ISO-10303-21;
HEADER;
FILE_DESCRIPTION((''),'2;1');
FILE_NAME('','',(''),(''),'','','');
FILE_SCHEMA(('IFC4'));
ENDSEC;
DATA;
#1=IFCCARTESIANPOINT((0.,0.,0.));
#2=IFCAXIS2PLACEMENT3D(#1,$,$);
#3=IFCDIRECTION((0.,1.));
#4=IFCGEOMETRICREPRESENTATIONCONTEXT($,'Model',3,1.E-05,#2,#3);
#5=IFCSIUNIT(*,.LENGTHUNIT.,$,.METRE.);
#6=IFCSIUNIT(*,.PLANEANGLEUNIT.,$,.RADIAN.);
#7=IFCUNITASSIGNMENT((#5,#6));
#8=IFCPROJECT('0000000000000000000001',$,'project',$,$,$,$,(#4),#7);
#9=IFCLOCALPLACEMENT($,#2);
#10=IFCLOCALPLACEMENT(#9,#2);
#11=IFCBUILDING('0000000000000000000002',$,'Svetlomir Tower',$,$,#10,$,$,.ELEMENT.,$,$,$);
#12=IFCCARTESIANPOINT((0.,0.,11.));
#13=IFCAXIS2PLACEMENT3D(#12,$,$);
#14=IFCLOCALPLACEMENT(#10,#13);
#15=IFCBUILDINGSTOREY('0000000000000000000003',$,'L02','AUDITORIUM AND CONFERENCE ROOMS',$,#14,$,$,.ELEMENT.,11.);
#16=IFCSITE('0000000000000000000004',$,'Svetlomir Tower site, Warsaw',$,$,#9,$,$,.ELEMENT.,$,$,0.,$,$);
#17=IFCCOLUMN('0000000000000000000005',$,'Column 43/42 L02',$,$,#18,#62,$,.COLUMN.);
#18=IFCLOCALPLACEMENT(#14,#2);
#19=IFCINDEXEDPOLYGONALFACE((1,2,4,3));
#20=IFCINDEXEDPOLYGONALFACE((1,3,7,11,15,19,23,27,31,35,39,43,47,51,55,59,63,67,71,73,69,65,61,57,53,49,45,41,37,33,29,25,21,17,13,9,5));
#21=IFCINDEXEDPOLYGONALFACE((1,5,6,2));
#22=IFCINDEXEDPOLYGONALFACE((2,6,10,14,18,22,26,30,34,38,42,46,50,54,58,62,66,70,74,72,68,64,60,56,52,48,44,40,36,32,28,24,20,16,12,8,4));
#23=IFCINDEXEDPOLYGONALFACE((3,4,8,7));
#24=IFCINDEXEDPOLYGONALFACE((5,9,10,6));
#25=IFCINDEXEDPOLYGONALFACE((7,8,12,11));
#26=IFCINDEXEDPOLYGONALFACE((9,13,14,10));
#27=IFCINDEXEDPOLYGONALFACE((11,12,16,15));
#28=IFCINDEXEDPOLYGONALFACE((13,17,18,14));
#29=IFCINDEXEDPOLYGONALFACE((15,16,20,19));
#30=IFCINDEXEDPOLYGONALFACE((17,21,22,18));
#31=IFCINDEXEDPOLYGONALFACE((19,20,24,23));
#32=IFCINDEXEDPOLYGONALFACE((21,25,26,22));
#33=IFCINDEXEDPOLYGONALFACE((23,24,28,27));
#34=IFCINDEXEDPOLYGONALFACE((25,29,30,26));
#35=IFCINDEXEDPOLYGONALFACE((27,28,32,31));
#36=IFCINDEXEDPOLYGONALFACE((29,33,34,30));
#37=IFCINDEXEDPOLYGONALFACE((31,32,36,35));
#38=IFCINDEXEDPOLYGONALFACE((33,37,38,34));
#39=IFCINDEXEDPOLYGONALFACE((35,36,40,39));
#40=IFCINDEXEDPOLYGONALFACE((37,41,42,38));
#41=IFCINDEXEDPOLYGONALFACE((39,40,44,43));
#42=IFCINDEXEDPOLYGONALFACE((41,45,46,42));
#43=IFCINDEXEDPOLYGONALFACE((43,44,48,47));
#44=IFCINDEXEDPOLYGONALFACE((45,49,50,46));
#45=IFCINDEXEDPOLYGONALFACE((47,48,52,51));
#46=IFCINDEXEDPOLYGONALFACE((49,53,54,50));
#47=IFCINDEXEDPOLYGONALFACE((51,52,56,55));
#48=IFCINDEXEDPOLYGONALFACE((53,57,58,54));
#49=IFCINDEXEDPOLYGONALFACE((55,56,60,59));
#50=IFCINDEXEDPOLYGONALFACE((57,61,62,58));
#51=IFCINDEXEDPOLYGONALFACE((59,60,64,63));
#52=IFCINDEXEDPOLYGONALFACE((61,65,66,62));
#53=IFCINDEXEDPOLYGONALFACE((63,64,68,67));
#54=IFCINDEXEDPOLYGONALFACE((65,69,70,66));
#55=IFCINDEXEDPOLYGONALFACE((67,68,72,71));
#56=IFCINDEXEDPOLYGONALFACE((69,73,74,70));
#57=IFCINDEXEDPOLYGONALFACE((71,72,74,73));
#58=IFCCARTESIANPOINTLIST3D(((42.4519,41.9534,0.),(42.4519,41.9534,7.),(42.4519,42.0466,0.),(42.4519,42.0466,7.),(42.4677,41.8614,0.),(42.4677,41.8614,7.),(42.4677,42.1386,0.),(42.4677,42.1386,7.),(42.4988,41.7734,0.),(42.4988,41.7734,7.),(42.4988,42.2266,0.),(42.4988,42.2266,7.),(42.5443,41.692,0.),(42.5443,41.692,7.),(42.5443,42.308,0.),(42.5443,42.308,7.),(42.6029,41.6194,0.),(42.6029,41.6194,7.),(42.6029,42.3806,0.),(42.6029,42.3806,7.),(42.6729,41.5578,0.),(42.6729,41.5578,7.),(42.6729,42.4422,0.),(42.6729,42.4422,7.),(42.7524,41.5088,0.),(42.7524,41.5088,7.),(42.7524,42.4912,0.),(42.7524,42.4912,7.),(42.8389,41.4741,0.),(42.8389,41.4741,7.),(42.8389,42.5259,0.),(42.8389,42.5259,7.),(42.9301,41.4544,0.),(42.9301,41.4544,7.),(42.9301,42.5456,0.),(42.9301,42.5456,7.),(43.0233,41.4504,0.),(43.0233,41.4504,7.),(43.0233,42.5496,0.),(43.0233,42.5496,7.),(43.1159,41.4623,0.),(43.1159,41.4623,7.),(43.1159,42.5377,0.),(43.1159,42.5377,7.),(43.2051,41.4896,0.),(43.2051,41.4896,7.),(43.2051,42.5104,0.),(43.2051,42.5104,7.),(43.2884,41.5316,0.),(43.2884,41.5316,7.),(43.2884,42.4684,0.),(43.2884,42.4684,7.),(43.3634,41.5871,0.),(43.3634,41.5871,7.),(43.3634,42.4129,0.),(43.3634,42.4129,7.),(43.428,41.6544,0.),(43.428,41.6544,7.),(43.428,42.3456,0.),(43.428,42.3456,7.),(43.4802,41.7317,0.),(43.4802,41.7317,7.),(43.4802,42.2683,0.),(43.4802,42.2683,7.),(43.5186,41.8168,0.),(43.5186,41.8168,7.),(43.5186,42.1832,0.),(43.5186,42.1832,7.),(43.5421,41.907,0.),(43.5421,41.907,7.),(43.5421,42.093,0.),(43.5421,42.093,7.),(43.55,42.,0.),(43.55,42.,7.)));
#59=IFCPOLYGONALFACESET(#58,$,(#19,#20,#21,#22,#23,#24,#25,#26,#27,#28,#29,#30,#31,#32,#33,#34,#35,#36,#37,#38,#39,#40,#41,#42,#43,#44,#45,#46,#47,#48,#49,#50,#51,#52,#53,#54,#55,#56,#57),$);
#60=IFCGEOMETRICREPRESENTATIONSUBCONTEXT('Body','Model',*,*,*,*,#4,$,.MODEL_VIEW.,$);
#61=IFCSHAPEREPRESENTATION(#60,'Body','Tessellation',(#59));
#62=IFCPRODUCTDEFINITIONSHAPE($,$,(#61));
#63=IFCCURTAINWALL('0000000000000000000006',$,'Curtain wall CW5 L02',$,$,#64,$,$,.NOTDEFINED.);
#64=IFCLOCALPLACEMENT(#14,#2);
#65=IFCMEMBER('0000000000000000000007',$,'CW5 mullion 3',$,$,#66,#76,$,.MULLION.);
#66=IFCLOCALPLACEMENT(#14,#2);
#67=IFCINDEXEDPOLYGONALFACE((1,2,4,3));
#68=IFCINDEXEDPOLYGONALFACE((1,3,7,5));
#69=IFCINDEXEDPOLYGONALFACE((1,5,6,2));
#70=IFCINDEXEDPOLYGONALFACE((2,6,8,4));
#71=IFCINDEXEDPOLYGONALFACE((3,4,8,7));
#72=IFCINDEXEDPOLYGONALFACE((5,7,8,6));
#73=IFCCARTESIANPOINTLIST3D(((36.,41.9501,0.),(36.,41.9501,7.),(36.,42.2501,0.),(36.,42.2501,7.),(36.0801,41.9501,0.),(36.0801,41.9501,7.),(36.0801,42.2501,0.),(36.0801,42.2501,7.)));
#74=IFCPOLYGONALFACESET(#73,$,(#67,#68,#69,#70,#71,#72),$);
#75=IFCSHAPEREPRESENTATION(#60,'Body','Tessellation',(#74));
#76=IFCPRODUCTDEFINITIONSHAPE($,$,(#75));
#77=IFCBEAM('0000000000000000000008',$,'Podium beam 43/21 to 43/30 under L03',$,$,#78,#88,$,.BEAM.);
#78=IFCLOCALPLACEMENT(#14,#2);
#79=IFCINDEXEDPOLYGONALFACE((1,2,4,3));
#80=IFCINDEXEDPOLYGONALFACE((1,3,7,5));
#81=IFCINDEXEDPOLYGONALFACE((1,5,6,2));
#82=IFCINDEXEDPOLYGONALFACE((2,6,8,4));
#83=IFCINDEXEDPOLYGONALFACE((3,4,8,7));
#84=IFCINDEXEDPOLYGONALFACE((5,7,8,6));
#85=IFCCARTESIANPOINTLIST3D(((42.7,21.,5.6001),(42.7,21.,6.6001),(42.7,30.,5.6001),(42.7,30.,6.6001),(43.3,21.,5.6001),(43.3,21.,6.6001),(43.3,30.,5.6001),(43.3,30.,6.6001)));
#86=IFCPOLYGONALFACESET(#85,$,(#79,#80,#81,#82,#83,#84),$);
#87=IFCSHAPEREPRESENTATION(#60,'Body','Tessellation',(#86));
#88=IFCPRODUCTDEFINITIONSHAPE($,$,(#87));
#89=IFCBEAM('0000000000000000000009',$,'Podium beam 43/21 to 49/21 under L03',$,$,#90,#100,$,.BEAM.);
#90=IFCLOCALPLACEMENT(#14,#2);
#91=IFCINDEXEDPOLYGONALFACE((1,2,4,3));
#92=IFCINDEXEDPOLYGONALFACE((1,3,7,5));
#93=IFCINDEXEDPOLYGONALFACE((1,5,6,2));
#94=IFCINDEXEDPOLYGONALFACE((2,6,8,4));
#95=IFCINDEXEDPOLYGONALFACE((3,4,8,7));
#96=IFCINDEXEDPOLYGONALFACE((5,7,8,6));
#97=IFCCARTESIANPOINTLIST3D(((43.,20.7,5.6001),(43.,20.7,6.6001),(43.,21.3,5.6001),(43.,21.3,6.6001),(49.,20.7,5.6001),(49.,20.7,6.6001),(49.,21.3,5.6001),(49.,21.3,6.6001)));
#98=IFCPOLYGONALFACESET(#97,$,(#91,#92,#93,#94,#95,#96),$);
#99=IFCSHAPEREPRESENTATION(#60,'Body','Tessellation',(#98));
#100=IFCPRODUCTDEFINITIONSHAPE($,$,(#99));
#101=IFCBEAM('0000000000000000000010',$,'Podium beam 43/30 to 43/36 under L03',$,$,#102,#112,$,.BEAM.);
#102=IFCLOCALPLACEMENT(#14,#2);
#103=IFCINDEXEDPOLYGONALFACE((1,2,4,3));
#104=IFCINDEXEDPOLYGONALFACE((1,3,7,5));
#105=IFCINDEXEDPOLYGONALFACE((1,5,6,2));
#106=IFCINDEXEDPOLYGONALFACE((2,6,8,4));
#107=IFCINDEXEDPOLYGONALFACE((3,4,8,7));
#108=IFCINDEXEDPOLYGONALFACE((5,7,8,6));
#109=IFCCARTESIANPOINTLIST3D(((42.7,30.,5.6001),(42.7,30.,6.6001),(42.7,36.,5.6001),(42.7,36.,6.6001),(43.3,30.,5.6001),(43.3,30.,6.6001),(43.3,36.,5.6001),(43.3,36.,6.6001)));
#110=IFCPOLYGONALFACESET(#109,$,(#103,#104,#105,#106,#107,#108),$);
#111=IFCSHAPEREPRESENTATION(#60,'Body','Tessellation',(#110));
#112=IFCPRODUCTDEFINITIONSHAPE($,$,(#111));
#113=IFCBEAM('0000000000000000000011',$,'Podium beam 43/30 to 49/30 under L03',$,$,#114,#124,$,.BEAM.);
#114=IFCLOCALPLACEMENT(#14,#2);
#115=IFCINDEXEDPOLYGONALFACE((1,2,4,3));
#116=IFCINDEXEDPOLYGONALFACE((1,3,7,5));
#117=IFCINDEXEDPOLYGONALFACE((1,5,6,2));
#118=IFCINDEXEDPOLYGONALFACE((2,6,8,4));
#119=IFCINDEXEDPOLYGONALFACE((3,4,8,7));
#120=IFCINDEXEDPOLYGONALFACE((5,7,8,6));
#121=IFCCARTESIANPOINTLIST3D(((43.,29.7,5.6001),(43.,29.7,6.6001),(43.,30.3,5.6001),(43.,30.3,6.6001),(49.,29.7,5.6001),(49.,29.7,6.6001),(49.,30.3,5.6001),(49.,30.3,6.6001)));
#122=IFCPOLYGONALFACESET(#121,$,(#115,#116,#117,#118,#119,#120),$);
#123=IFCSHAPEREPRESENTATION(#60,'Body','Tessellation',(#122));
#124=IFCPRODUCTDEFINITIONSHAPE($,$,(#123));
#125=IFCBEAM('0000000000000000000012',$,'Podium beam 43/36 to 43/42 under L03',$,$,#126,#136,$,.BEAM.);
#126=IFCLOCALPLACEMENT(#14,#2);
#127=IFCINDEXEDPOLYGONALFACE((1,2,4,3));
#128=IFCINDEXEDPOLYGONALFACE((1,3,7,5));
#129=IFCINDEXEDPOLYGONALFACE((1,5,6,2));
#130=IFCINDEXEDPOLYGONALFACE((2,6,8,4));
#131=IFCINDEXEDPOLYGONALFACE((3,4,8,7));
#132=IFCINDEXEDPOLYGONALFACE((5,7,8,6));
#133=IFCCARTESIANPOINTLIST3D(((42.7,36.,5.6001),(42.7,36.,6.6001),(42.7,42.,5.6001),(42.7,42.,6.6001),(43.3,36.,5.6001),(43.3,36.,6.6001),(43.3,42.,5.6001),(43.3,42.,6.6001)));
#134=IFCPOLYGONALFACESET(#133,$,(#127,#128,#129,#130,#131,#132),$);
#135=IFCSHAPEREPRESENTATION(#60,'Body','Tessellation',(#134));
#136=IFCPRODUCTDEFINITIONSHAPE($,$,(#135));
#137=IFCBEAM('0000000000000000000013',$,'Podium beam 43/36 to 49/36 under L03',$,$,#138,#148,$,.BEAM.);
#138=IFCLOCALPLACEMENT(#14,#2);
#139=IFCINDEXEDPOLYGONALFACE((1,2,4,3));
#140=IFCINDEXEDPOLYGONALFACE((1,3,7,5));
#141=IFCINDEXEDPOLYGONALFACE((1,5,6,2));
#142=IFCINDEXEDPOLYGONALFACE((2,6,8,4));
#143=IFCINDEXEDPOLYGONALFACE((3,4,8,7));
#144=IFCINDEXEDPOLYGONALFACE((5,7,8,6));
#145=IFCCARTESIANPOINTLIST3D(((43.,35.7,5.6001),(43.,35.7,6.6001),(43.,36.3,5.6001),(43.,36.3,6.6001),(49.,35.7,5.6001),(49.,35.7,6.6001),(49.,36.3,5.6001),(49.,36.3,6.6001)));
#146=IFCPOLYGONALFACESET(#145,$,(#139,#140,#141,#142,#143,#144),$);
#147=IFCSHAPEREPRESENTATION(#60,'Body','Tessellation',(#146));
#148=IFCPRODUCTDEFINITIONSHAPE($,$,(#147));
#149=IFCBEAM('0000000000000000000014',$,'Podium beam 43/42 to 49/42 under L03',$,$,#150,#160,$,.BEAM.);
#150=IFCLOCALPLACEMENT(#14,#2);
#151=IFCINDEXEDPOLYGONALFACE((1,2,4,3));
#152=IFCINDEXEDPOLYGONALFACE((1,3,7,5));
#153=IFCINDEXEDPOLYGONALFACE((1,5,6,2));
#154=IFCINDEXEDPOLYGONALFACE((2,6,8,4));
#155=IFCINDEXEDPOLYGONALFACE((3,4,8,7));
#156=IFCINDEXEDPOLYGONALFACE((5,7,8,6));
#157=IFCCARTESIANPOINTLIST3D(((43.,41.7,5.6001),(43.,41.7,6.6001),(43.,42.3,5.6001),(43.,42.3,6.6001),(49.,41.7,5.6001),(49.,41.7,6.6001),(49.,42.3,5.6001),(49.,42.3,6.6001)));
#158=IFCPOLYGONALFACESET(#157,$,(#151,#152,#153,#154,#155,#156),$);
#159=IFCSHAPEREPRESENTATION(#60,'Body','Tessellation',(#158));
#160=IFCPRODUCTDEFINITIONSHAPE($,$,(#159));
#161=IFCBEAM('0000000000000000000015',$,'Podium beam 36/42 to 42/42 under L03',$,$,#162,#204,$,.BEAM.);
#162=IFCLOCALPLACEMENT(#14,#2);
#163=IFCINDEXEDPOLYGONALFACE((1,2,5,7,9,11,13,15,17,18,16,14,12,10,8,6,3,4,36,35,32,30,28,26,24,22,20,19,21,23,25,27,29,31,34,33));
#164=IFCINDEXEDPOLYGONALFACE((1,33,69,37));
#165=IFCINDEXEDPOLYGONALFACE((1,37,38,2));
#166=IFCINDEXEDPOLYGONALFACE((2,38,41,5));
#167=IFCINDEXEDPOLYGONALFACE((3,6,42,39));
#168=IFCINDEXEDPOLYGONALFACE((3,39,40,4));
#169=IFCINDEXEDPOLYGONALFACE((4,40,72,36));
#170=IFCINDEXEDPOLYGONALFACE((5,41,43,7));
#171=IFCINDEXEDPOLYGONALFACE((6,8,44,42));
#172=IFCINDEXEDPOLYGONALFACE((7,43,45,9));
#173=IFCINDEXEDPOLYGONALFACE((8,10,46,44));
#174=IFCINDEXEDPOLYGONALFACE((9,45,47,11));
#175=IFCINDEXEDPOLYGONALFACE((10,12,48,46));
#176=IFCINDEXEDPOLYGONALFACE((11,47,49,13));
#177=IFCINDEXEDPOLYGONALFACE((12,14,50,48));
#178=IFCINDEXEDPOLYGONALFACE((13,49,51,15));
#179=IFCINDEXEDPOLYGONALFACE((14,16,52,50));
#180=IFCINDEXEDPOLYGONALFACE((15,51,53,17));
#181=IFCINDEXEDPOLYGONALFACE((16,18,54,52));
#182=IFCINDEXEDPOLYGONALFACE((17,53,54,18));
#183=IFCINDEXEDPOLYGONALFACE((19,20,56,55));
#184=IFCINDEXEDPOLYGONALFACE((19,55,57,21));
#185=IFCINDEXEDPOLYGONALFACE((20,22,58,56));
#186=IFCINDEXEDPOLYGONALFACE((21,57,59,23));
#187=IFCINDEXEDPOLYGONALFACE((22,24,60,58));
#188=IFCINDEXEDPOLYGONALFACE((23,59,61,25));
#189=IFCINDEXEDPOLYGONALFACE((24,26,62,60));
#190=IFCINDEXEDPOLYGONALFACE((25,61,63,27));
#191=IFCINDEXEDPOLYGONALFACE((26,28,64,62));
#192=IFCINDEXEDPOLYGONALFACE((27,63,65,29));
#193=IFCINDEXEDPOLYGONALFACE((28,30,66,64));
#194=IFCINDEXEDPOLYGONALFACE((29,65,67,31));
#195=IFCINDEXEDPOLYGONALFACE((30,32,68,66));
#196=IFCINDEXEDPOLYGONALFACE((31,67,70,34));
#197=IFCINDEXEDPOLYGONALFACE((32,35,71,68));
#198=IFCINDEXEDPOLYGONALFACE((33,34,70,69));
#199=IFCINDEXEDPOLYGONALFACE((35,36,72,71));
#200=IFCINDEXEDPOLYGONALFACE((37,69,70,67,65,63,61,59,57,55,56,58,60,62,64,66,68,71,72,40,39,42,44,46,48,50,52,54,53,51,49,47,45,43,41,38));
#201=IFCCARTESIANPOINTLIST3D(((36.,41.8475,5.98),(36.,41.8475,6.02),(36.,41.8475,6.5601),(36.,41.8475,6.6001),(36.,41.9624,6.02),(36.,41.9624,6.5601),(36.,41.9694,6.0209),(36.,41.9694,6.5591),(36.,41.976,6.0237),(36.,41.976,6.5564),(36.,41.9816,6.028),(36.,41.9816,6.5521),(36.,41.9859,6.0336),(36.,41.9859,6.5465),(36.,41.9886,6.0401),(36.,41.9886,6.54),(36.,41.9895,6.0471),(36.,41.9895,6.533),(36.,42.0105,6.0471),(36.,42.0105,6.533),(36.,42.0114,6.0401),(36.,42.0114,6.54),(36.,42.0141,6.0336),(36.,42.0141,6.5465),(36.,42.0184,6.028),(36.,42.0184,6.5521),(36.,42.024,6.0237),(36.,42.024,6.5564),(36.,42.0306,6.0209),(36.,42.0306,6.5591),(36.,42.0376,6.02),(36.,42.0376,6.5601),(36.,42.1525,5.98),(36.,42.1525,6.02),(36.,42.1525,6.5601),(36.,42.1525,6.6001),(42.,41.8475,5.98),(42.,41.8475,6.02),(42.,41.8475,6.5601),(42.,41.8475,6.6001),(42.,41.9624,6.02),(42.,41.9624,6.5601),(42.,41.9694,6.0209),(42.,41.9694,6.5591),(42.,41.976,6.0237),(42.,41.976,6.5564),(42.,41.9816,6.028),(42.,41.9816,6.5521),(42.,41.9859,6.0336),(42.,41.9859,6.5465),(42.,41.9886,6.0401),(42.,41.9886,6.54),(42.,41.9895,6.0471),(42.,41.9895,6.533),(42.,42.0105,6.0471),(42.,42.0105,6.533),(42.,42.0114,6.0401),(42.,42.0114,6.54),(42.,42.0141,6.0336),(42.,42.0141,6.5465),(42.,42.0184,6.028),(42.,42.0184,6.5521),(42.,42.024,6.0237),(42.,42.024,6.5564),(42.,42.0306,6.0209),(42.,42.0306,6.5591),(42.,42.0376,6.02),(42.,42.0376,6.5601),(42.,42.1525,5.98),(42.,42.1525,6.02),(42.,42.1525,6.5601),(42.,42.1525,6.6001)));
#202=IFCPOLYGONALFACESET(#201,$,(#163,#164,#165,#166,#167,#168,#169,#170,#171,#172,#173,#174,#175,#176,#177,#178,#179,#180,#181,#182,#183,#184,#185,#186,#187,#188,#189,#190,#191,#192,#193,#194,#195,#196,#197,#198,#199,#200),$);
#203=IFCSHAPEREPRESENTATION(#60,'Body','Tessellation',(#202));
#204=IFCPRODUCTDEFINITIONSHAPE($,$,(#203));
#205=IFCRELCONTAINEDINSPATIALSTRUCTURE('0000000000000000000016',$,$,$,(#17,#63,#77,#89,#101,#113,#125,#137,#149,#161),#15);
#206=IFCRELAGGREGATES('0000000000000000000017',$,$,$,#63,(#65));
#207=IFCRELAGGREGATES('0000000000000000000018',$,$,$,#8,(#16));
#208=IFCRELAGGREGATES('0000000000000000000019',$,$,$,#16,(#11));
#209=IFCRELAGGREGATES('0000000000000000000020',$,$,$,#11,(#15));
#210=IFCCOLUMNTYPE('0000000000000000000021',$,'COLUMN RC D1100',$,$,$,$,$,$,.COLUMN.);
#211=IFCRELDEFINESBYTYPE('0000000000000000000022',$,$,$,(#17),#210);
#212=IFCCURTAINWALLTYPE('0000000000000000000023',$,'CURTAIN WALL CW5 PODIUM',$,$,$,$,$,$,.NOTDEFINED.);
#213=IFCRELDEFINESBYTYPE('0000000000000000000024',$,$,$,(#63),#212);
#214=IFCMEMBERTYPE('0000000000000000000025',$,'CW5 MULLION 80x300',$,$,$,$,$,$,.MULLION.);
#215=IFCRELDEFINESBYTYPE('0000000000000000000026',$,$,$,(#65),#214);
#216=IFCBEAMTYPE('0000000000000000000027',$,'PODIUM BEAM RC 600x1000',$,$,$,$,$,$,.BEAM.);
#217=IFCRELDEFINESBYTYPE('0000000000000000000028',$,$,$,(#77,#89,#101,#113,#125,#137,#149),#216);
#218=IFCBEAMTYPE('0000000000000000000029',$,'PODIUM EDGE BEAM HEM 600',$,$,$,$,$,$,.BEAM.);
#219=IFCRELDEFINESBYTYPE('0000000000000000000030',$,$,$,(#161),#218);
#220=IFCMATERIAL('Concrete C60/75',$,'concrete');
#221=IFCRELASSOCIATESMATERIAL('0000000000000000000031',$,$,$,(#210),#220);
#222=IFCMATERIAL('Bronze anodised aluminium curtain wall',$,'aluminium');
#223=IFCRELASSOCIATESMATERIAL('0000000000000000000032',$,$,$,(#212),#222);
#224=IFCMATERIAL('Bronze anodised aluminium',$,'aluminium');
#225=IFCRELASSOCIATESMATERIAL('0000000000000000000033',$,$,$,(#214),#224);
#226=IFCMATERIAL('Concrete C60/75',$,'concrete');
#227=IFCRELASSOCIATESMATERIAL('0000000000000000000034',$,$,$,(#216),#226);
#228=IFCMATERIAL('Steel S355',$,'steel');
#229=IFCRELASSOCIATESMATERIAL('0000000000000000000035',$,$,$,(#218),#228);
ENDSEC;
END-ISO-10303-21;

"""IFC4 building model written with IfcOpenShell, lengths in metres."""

from ifc_helpers import new_model, si_unit, direction, frame, origin, origin_2d, place, context, subcontext, project, spatial, rectangle, circle, i_section, extrude, material, material_profile, profile_set, type_object, element, aggregate, save


model = new_model("IFC4")

# Units and contexts
model_context = context("Model", 3, precision=1e-05, world=origin(), true_north=direction((0.0, 1.0)))
body_context = subcontext(model_context, "Body", "Model", "MODEL_VIEW")
ifc_project = project(units=[si_unit("LENGTHUNIT", "METRE"), si_unit("PLANEANGLEUNIT", "RADIAN")], contexts=[model_context])

# Site, building, storey
site_placement = place(None, origin())
site = spatial("IfcSite", under=ifc_project, at=site_placement, Name="Svetlomir Tower site, Warsaw", CompositionType="ELEMENT", RefElevation=0.0)
building_placement = place(site_placement, origin())
building = spatial("IfcBuilding", under=site, at=building_placement, Name="Svetlomir Tower", CompositionType="ELEMENT")
storey_placement = place(building_placement, frame((0.0, 0.0, 11.0)))
storey = spatial("IfcBuildingStorey", under=building, at=storey_placement, Name="L02", Description="AUDITORIUM AND CONFERENCE ROOMS", CompositionType="ELEMENT", Elevation=11.0)

# Column
ifc_material_1 = material(Name="Concrete C60/75", Category="concrete")
ifc_material_profile_1 = material_profile(ifc_material_1, circle(Radius=0.55, at=origin_2d()), Name="RC D1100")
ifc_profile_set_1 = profile_set([ifc_material_profile_1], Name="Concrete C60/75")
column_type_1 = type_object("IfcColumnType", Name="COLUMN RC D1100", PredefinedType="COLUMN", material=ifc_profile_set_1)
for number, where, z_axis, x_axis, name in (
    (1, (43.0, 42.0, 0.0), (0.0, 0.0, 1.0), (1.0, 0.0, 0.0), "Column 43/42 L02"),
):
    element("IfcColumn", number, at=place(storey_placement, frame(where, z_axis=z_axis, x_axis=x_axis)), inside=storey, type_object=column_type_1, Name=name, PredefinedType="COLUMN", context=body_context, shape_type="SweptSolid", body=[
        extrude(circle(Radius=0.55, at=origin_2d()), origin(), (0.0, 0.0, 1.0), 7.0),
    ])

# Curtain wall, member
ifc_material_2 = material(Name="Bronze anodised aluminium curtain wall", Category="aluminium")
curtain_wall_type = type_object("IfcCurtainWallType", Name="CURTAIN WALL CW5 PODIUM", PredefinedType="NOTDEFINED", material=ifc_material_2)
curtain_wall_placement = place(storey_placement, origin())
curtain_wall = element("IfcCurtainWall", 2, at=curtain_wall_placement, inside=storey, type_object=curtain_wall_type, Name="Curtain wall CW5 L02", PredefinedType="NOTDEFINED")
ifc_material_3 = material(Name="Bronze anodised aluminium", Category="aluminium")
ifc_material_profile_2 = material_profile(ifc_material_3, rectangle(XDim=0.0801, YDim=0.3, at=origin_2d()), Name="AL 80x300")
ifc_profile_set_2 = profile_set([ifc_material_profile_2], Name="Bronze anodised aluminium 6063-T6")
member_type = type_object("IfcMemberType", Name="CW5 MULLION 80x300", PredefinedType="MULLION", material=ifc_profile_set_2)
member_placement = place(storey_placement, frame((36.04, 42.1001, 0.0), z_axis=(0.0, 0.0, 1.0), x_axis=(-1.0, 0.0, 0.0)))
member = element("IfcMember", 3, at=member_placement, type_object=member_type, Name="CW5 mullion 3", PredefinedType="MULLION", context=body_context, shape_type="SweptSolid", body=[
    extrude(rectangle(XDim=0.0801, YDim=0.3, at=origin_2d()), origin(), (0.0, 0.0, 1.0), 7.0),
])
aggregate(curtain_wall, [member])

# Beams
ifc_material_4 = material(Name="Concrete C60/75", Category="concrete")
ifc_material_profile_3 = material_profile(ifc_material_4, rectangle(XDim=0.6001, YDim=1.0, at=origin_2d()), Name="RC 600x1000")
ifc_profile_set_3 = profile_set([ifc_material_profile_3], Name="Concrete C60/75")
beam_type_1 = type_object("IfcBeamType", Name="PODIUM BEAM RC 600x1000", PredefinedType="BEAM", material=ifc_profile_set_3)
beam_1_placement = place(storey_placement, frame((43.0, 21.0, 6.1001), z_axis=(0.0, 1.0, 0.0), x_axis=(-1.0, 0.0, 0.0)))
element("IfcBeam", 4, at=beam_1_placement, inside=storey, type_object=beam_type_1, Name="Podium beam 43/21 to 43/30 under L03", PredefinedType="BEAM", context=body_context, shape_type="SweptSolid", body=[
    extrude(rectangle(XDim=0.6001, YDim=1.0, at=origin_2d()), origin(), (0.0, 0.0, 1.0), 9.0),
])
for number, where, z_axis, x_axis, name in (
    (5, (43.0, 21.0, 6.1001), (1.0, 0.0, 0.0), (0.0, 1.0, 0.0), "Podium beam 43/21 to 49/21 under L03"),
    (6, (43.0, 30.0, 6.1001), (0.0, 1.0, 0.0), (-1.0, 0.0, 0.0), "Podium beam 43/30 to 43/36 under L03"),
    (7, (43.0, 30.0, 6.1001), (1.0, 0.0, 0.0), (0.0, 1.0, 0.0), "Podium beam 43/30 to 49/30 under L03"),
    (8, (43.0, 36.0, 6.1001), (0.0, 1.0, 0.0), (-1.0, 0.0, 0.0), "Podium beam 43/36 to 43/42 under L03"),
    (9, (43.0, 36.0, 6.1001), (1.0, 0.0, 0.0), (0.0, 1.0, 0.0), "Podium beam 43/36 to 49/36 under L03"),
    (10, (43.0, 42.0, 6.1001), (1.0, 0.0, 0.0), (0.0, 1.0, 0.0), "Podium beam 43/42 to 49/42 under L03"),
):
    element("IfcBeam", number, at=place(storey_placement, frame(where, z_axis=z_axis, x_axis=x_axis)), inside=storey, type_object=beam_type_1, Name=name, PredefinedType="BEAM", context=body_context, shape_type="SweptSolid", body=[
        extrude(rectangle(XDim=0.6001, YDim=1.0, at=origin_2d()), origin(), (0.0, 0.0, 1.0), 6.0),
    ])
ifc_material_5 = material(Name="Steel S355", Category="steel")
ifc_material_profile_4 = material_profile(ifc_material_5, i_section(OverallWidth=0.3049, OverallDepth=0.6201, WebThickness=0.021, FlangeThickness=0.04, FilletRadius=0.0271, at=origin_2d()), Name="HEM 600")
ifc_profile_set_4 = profile_set([ifc_material_profile_4], Name="Steel S355")
beam_type_2 = type_object("IfcBeamType", Name="PODIUM EDGE BEAM HEM 600", PredefinedType="BEAM", material=ifc_profile_set_4)
beam_2_placement = place(storey_placement, frame((36.0, 42.0, 6.29), z_axis=(1.0, 0.0, 0.0), x_axis=(0.0, 1.0, 0.0)))
element("IfcBeam", 11, at=beam_2_placement, inside=storey, type_object=beam_type_2, Name="Podium beam 36/42 to 42/42 under L03", PredefinedType="BEAM", context=body_context, shape_type="SweptSolid", body=[
    extrude(i_section(OverallWidth=0.3049, OverallDepth=0.6201, WebThickness=0.021, FlangeThickness=0.04, FilletRadius=0.0271, at=origin_2d()), origin(), (0.0, 0.0, 1.0), 6.0),
])

save(model, "model.ifc")
